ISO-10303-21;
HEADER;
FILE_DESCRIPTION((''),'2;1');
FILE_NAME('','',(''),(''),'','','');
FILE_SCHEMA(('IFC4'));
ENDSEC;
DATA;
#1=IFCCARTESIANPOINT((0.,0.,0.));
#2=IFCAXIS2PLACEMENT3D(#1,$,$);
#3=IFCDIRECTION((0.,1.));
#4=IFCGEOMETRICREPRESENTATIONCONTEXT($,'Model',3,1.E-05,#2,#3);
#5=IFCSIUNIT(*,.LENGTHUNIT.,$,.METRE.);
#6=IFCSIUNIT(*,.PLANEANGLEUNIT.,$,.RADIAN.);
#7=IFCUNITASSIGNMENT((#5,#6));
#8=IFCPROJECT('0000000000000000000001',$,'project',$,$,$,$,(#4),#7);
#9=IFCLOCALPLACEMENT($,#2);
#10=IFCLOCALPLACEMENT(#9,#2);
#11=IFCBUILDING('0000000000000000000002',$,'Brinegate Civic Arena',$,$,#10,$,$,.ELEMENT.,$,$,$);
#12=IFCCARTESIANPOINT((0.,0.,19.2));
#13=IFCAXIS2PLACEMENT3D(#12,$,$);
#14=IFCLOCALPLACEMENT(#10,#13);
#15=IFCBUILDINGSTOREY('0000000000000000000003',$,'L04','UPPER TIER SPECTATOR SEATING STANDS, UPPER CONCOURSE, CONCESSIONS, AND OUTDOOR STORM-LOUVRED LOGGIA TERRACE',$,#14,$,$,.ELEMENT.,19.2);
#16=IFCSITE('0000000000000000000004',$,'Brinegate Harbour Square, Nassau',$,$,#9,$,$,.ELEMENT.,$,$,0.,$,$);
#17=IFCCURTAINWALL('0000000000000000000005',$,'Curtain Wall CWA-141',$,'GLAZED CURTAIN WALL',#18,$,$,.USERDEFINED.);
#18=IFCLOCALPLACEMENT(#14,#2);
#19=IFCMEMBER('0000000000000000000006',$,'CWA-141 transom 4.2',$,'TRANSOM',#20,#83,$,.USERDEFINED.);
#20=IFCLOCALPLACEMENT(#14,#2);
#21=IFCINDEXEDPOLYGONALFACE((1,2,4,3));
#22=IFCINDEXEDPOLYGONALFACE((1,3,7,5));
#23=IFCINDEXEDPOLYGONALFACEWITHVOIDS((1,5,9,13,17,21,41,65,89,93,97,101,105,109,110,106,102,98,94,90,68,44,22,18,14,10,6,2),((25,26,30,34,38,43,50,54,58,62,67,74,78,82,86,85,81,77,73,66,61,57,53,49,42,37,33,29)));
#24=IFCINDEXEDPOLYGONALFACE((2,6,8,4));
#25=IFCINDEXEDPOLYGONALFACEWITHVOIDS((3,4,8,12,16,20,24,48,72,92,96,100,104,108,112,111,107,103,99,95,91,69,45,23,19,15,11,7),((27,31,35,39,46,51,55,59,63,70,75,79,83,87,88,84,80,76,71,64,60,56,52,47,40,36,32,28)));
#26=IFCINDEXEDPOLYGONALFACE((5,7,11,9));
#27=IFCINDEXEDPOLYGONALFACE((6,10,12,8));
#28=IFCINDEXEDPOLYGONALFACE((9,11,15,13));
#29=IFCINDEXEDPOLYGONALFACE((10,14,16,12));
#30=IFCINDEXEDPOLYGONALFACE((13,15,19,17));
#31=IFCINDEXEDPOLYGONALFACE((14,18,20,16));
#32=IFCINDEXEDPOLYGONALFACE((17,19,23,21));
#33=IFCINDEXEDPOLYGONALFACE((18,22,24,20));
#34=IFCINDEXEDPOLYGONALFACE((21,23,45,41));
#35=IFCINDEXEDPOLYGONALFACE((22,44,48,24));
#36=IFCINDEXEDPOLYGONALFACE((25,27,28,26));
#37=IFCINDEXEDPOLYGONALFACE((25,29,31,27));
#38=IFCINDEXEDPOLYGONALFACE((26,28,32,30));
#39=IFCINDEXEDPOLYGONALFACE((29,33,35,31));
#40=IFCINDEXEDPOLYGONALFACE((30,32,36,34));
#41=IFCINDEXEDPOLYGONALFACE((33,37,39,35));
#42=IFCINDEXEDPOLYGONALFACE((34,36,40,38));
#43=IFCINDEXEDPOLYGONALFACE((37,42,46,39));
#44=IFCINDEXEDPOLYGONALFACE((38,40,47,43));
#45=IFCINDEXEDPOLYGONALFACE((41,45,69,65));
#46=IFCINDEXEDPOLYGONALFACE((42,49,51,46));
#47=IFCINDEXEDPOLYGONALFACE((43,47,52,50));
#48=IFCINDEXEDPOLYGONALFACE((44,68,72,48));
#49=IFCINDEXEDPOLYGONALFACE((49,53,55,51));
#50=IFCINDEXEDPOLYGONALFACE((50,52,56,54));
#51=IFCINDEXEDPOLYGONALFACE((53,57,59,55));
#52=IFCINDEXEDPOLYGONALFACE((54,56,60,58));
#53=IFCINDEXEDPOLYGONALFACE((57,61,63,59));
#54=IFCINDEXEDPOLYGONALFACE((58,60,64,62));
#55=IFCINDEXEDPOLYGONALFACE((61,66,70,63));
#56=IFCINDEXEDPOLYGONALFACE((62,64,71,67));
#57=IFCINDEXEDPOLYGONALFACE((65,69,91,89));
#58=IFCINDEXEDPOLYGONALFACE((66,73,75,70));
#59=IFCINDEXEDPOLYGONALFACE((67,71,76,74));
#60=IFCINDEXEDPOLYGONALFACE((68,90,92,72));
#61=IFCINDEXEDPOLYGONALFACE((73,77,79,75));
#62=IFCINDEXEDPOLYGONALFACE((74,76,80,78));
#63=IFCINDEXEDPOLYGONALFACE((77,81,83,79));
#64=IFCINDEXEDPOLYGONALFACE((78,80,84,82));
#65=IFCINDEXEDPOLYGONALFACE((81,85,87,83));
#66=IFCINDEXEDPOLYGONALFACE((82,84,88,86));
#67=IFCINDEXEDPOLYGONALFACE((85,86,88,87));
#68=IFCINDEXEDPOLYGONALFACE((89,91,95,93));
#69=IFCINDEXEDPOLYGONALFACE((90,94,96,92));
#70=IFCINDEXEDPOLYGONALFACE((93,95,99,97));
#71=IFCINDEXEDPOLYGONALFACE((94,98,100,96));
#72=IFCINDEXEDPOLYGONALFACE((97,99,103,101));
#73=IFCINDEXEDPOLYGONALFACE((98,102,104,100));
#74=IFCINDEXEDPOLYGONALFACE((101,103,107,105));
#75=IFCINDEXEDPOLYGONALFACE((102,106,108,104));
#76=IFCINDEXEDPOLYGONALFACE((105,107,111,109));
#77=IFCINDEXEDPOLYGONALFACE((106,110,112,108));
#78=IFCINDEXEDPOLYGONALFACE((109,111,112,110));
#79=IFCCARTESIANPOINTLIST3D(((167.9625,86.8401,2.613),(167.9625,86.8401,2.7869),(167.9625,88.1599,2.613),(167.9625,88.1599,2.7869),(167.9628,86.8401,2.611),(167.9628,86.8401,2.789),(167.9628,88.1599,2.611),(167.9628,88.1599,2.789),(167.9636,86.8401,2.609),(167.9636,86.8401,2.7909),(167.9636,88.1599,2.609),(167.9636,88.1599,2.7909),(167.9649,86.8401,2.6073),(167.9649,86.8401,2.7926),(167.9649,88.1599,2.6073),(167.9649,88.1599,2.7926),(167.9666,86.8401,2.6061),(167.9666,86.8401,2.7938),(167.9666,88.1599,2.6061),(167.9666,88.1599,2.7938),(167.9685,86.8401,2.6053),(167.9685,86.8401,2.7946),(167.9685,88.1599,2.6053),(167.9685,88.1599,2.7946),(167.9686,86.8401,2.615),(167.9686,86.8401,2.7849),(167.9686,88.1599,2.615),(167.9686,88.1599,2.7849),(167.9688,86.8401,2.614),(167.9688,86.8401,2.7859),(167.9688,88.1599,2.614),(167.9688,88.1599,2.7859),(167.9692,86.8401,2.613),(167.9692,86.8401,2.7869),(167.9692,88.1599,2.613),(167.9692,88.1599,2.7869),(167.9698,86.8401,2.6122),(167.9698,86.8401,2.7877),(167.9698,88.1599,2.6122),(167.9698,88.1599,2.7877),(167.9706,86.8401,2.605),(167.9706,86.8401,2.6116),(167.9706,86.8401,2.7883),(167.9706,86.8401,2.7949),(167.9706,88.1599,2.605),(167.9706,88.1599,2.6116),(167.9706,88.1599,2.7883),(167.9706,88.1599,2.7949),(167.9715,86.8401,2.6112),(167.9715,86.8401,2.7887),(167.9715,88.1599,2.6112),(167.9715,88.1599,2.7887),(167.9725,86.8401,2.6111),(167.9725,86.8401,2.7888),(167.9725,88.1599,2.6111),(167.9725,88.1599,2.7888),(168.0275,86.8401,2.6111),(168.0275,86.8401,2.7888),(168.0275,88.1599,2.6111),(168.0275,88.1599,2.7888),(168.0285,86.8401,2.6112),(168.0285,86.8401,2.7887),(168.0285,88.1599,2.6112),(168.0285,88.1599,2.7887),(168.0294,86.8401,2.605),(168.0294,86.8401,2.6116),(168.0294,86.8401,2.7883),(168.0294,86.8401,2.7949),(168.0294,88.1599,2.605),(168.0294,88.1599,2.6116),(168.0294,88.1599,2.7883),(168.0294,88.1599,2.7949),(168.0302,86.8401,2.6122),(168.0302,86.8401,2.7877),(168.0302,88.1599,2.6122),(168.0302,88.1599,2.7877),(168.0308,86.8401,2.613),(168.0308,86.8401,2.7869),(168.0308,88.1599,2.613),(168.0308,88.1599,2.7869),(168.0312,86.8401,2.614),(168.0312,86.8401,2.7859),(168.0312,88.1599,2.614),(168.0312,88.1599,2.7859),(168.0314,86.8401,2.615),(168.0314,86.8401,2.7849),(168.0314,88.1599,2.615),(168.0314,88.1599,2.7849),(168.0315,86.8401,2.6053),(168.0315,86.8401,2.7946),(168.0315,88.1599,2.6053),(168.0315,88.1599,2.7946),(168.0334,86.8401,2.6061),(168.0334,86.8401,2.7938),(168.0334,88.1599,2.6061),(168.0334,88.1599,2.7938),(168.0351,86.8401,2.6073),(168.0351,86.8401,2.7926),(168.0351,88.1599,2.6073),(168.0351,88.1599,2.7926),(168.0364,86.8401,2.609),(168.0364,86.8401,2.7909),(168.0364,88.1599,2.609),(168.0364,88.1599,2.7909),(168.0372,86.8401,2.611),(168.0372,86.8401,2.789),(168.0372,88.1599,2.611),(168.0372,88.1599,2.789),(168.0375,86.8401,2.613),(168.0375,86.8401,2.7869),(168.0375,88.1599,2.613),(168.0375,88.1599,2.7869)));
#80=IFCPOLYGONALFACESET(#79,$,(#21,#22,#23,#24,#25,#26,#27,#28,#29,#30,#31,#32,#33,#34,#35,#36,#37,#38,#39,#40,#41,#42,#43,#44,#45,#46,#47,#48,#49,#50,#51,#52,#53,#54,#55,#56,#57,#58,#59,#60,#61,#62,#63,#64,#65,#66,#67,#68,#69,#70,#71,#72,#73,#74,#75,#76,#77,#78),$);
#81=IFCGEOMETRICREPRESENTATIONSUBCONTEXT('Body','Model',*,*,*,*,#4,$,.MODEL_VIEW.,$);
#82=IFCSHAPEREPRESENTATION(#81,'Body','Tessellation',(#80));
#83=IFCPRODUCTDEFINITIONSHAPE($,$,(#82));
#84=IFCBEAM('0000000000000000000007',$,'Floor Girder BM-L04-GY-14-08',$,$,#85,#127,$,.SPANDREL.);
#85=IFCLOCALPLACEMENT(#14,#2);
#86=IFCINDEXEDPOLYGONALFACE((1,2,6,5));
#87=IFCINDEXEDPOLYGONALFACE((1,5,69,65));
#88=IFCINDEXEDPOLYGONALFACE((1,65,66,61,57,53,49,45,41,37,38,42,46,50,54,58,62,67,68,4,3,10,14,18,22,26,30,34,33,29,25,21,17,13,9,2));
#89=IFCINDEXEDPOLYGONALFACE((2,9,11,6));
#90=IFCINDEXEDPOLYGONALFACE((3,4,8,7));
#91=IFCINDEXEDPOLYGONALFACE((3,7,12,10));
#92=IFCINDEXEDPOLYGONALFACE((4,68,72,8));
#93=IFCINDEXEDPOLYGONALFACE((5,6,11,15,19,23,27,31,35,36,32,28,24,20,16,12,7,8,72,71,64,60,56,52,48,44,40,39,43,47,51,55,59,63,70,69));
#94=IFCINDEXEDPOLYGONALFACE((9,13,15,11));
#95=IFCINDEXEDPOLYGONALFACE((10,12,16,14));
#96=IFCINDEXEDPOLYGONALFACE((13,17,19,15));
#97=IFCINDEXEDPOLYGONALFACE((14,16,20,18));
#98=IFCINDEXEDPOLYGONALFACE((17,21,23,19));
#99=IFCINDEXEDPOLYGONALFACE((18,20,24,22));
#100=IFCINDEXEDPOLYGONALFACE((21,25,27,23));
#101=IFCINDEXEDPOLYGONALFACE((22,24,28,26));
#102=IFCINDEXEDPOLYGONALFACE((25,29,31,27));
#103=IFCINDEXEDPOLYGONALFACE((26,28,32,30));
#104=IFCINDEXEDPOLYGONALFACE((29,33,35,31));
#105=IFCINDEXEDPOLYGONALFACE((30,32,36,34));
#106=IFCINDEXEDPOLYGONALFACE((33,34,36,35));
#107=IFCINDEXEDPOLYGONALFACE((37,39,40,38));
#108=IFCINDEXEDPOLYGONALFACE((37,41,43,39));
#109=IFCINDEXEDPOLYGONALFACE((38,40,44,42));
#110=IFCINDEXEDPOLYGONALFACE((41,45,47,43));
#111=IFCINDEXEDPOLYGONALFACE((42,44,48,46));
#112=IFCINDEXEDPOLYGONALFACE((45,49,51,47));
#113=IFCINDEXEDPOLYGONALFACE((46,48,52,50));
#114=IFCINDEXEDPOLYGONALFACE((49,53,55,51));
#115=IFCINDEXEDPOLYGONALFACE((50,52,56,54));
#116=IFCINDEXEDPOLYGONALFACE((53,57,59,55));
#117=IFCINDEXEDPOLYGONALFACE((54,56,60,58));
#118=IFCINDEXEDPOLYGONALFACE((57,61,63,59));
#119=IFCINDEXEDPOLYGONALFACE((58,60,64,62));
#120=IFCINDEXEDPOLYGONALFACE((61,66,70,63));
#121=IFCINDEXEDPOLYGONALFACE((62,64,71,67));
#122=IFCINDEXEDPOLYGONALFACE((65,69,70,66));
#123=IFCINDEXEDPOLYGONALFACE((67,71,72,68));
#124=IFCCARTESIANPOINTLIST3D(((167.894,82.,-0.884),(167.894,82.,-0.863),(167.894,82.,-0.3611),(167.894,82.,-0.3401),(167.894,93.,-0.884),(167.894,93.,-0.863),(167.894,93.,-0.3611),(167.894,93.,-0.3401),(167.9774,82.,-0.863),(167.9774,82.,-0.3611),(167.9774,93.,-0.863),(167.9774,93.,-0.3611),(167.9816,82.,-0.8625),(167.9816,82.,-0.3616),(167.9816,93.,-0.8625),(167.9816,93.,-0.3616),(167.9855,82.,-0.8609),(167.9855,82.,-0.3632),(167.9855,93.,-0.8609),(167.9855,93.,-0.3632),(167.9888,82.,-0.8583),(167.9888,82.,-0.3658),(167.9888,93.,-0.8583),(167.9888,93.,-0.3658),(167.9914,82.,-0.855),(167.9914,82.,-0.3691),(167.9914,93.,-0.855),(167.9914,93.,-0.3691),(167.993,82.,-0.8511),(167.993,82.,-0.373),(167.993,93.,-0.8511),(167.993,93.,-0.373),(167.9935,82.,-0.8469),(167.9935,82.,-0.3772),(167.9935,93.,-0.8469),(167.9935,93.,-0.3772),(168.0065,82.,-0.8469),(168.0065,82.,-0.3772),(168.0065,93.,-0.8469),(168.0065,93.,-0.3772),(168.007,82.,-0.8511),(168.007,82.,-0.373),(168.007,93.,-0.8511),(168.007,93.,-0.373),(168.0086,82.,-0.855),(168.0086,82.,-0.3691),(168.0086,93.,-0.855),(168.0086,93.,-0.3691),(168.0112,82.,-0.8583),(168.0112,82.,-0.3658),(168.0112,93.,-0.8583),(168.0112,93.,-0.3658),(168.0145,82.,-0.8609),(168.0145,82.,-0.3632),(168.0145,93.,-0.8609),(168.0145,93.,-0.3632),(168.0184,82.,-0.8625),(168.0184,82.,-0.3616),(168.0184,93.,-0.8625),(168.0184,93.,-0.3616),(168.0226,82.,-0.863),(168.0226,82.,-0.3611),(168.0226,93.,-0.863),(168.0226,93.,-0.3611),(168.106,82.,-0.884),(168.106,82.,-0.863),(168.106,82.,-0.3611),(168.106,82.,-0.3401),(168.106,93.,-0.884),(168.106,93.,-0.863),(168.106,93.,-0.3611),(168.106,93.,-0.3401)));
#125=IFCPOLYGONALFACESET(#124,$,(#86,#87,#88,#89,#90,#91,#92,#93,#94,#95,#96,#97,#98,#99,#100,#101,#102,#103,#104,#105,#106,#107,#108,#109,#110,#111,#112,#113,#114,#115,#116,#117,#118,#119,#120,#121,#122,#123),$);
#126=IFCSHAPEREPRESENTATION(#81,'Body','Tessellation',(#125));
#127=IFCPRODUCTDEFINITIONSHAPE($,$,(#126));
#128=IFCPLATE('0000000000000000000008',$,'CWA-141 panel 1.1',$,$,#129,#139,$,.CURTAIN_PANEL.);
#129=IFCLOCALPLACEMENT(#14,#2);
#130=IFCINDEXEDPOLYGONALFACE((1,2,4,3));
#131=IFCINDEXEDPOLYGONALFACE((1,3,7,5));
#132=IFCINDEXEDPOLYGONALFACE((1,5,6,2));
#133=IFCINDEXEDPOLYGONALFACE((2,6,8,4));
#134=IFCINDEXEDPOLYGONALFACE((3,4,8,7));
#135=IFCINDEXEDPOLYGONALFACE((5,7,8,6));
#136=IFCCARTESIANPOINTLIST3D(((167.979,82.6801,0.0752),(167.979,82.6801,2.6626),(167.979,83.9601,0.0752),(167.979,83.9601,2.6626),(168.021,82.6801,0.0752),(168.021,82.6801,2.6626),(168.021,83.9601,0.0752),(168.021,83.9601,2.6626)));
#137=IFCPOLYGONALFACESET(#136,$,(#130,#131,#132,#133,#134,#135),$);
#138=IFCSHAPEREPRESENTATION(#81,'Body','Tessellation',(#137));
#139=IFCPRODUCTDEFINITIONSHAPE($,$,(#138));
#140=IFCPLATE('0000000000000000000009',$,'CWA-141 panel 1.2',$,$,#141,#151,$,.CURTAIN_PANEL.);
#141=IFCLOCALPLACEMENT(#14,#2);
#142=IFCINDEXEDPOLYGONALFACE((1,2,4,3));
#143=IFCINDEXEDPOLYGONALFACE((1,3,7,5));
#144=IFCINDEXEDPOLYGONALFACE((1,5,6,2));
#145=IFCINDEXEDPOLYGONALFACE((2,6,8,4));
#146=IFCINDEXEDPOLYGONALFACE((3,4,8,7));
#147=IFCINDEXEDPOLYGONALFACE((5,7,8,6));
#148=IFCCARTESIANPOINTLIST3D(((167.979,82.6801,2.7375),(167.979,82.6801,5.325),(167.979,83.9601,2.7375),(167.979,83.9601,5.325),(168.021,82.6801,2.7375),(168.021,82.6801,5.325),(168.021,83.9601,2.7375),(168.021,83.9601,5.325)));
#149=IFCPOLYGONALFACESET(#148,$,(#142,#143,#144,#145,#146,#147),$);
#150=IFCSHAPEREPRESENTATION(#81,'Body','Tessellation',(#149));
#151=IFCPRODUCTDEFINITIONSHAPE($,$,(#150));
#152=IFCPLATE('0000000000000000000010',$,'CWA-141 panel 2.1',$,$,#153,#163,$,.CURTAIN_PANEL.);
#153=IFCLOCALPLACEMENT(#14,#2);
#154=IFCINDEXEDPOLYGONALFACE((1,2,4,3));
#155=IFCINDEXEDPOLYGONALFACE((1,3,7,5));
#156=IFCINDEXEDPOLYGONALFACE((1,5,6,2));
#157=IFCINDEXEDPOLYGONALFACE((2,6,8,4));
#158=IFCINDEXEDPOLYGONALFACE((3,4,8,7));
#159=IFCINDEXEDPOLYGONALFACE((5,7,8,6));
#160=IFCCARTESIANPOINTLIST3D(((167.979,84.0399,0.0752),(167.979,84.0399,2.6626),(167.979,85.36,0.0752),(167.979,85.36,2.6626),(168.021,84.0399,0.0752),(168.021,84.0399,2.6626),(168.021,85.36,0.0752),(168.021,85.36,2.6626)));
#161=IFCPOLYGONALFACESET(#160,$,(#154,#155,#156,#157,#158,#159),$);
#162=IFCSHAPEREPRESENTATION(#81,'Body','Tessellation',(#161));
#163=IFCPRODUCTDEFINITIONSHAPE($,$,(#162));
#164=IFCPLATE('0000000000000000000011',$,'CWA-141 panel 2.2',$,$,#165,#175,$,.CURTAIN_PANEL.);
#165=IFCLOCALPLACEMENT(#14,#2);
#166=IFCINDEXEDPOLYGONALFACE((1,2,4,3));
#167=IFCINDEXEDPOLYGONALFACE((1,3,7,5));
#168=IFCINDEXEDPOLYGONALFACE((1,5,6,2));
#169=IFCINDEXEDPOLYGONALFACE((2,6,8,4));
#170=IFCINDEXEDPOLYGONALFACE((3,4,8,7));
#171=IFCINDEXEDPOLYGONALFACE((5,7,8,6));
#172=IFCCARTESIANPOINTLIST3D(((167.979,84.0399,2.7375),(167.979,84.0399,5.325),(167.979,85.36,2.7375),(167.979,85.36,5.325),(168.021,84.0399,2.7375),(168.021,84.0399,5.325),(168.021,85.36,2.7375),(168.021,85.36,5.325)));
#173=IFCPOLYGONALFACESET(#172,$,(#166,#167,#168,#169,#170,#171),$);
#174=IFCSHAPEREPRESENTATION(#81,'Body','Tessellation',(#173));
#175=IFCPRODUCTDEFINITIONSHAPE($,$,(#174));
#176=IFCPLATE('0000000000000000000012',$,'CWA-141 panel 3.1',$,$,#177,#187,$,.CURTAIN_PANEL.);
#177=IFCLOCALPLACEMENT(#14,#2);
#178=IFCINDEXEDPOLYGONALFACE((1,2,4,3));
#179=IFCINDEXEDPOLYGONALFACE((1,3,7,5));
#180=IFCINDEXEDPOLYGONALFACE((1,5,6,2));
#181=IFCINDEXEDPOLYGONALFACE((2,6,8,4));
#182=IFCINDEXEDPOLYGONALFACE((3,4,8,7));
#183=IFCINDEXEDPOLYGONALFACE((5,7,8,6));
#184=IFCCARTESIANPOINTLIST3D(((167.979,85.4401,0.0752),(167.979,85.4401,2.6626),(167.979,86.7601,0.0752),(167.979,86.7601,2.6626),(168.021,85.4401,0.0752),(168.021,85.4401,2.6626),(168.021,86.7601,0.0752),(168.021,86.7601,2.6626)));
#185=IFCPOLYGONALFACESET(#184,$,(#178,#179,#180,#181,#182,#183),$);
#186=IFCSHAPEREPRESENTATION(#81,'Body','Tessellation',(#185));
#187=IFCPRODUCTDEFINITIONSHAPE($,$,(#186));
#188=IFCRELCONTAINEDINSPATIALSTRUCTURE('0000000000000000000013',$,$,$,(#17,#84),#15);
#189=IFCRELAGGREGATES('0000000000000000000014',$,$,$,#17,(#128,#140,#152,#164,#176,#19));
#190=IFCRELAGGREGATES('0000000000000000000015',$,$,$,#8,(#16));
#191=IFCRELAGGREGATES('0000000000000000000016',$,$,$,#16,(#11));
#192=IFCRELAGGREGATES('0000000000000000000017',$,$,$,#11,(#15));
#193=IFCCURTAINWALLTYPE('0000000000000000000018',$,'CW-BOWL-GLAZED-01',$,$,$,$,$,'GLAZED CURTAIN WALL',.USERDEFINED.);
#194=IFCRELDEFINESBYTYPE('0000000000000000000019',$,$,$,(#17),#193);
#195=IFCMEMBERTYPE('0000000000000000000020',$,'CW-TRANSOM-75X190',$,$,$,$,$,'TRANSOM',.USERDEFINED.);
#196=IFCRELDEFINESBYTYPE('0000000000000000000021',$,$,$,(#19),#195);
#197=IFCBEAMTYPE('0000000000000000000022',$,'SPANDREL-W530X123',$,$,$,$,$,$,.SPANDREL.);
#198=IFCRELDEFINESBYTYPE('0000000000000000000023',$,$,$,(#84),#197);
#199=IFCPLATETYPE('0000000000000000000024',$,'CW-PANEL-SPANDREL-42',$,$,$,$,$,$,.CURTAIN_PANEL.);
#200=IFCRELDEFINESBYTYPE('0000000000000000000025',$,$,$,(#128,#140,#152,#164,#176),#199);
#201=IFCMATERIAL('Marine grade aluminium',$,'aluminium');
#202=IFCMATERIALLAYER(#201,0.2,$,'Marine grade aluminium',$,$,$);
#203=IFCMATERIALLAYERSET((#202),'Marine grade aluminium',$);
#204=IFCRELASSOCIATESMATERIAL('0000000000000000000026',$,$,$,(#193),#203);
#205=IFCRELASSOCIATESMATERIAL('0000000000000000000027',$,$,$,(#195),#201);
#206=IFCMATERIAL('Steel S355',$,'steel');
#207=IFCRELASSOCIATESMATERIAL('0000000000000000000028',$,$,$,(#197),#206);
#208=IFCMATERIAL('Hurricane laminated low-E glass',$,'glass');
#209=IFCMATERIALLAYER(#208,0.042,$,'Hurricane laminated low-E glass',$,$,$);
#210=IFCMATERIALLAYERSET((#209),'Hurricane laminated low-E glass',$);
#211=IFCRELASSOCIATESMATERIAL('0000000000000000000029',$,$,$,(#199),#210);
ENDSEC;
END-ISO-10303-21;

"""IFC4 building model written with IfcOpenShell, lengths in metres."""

from ifc_helpers import new_model, si_unit, direction, frame, origin, origin_2d, place, context, subcontext, project, spatial, rectangle, hollow_rectangle, i_section, extrude, material, layer, layer_set, material_profile, profile_set, type_object, element, aggregate, save


model = new_model("IFC4")

# Units and contexts
model_context = context("Model", 3, precision=1e-05, world=origin(), true_north=direction((0.0, 1.0)))
body_context = subcontext(model_context, "Body", "Model", "MODEL_VIEW")
ifc_project = project(units=[si_unit("LENGTHUNIT", "METRE"), si_unit("PLANEANGLEUNIT", "RADIAN")], contexts=[model_context])

# Site, building, storey
site_placement = place(None, origin())
site = spatial("IfcSite", under=ifc_project, at=site_placement, Name="Brinegate Harbour Square, Nassau", CompositionType="ELEMENT", RefElevation=0.0)
building_placement = place(site_placement, origin())
building = spatial("IfcBuilding", under=site, at=building_placement, Name="Brinegate Civic Arena", CompositionType="ELEMENT")
storey_placement = place(building_placement, frame((0.0, 0.0, 19.2)))
storey = spatial("IfcBuildingStorey", under=building, at=storey_placement, Name="L04", Description="UPPER TIER SPECTATOR SEATING STANDS, UPPER CONCOURSE, CONCESSIONS, AND OUTDOOR STORM-LOUVRED LOGGIA TERRACE", CompositionType="ELEMENT", Elevation=19.2)

# Curtain wall, member
ifc_material_1 = material(Name="Marine grade aluminium", Category="aluminium")
ifc_layer_1 = layer(ifc_material_1, 0.2, Name="Marine grade aluminium")
ifc_layer_set_1 = layer_set([ifc_layer_1], Name="Marine grade aluminium")
curtain_wall_type = type_object("IfcCurtainWallType", Name="CW-BOWL-GLAZED-01", ElementType="GLAZED CURTAIN WALL", PredefinedType="USERDEFINED", material=ifc_layer_set_1)
curtain_wall_placement = place(storey_placement, origin())
curtain_wall = element("IfcCurtainWall", 1, at=curtain_wall_placement, inside=storey, type_object=curtain_wall_type, Name="Curtain Wall CWA-141", ObjectType="GLAZED CURTAIN WALL", PredefinedType="USERDEFINED")
ifc_material_profile_1 = material_profile(ifc_material_1, hollow_rectangle(XDim=0.075, YDim=0.1899, WallThickness=0.0061, InnerFilletRadius=0.0039, OuterFilletRadius=0.0081, at=origin_2d()), Name="TRN75X190")
ifc_profile_set_1 = profile_set([ifc_material_profile_1], Name="Marine grade aluminium")
member_type_1 = type_object("IfcMemberType", Name="CW-TRANSOM-75X190", ElementType="TRANSOM", PredefinedType="USERDEFINED", material=ifc_profile_set_1)
member_1_placement = place(storey_placement, frame((168.0, 86.8401, 2.7), z_axis=(0.0, 1.0, 0.0), x_axis=(-1.0, 0.0, 0.0)))
member_1 = element("IfcMember", 2, at=member_1_placement, type_object=member_type_1, Name="CWA-141 transom 4.2", ObjectType="TRANSOM", PredefinedType="USERDEFINED", context=body_context, shape_type="SweptSolid", body=[
    extrude(hollow_rectangle(XDim=0.075, YDim=0.1899, WallThickness=0.0061, InnerFilletRadius=0.0039, OuterFilletRadius=0.0081, at=origin_2d()), origin(), (0.0, 0.0, 1.0), 1.3198),
])

# Beam
ifc_material_2 = material(Name="Steel S355", Category="steel")
ifc_material_profile_2 = material_profile(ifc_material_2, i_section(OverallWidth=0.2119, OverallDepth=0.5439, WebThickness=0.0129, FlangeThickness=0.021, FilletRadius=0.0161, at=origin_2d()), Name="W530X123")
ifc_profile_set_2 = profile_set([ifc_material_profile_2], Name="Steel S355")
beam_type = type_object("IfcBeamType", Name="SPANDREL-W530X123", PredefinedType="SPANDREL", material=ifc_profile_set_2)
beam_placement = place(storey_placement, frame((168.0, 82.0, -0.6121), z_axis=(0.0, 1.0, 0.0), x_axis=(-1.0, 0.0, 0.0)))
element("IfcBeam", 3, at=beam_placement, inside=storey, type_object=beam_type, Name="Floor Girder BM-L04-GY-14-08", PredefinedType="SPANDREL", context=body_context, shape_type="SweptSolid", body=[
    extrude(i_section(OverallWidth=0.2119, OverallDepth=0.5439, WebThickness=0.0129, FlangeThickness=0.021, FilletRadius=0.0161, at=origin_2d()), origin(), (0.0, 0.0, 1.0), 11.0),
])

# Plates
ifc_material_3 = material(Name="Hurricane laminated low-E glass", Category="glass")
ifc_layer_2 = layer(ifc_material_3, 0.042, Name="Hurricane laminated low-E glass")
ifc_layer_set_2 = layer_set([ifc_layer_2], Name="Hurricane laminated low-E glass")
plate_type = type_object("IfcPlateType", Name="CW-PANEL-SPANDREL-42", PredefinedType="CURTAIN_PANEL", material=ifc_layer_set_2)
plate_1_placement = place(storey_placement, frame((168.0, 83.3201, 0.0752), z_axis=(0.0, 0.0, 1.0), x_axis=(0.0, 1.0, 0.0)))
plate_1 = element("IfcPlate", 4, at=plate_1_placement, type_object=plate_type, Name="CWA-141 panel 1.1", PredefinedType="CURTAIN_PANEL", context=body_context, shape_type="SweptSolid", body=[
    extrude(rectangle(XDim=1.28, YDim=0.042, at=origin_2d()), origin(), (0.0, 0.0, 1.0), 2.5874),
])
plate_2_placement = place(storey_placement, frame((168.0, 83.3201, 2.7375), z_axis=(0.0, 0.0, 1.0), x_axis=(0.0, 1.0, 0.0)))
plate_2 = element("IfcPlate", 5, at=plate_2_placement, type_object=plate_type, Name="CWA-141 panel 1.2", PredefinedType="CURTAIN_PANEL", context=body_context, shape_type="SweptSolid", body=[
    extrude(rectangle(XDim=1.28, YDim=0.042, at=origin_2d()), origin(), (0.0, 0.0, 1.0), 2.5874),
])
plate_3_placement = place(storey_placement, frame((168.0, 84.7, 0.0752), z_axis=(0.0, 0.0, 1.0), x_axis=(0.0, 1.0, 0.0)))
plate_3 = element("IfcPlate", 6, at=plate_3_placement, type_object=plate_type, Name="CWA-141 panel 2.1", PredefinedType="CURTAIN_PANEL", context=body_context, shape_type="SweptSolid", body=[
    extrude(rectangle(XDim=1.3201, YDim=0.042, at=origin_2d()), origin(), (0.0, 0.0, 1.0), 2.5874),
])
plate_4_placement = place(storey_placement, frame((168.0, 84.7, 2.7375), z_axis=(0.0, 0.0, 1.0), x_axis=(0.0, 1.0, 0.0)))
plate_4 = element("IfcPlate", 7, at=plate_4_placement, type_object=plate_type, Name="CWA-141 panel 2.2", PredefinedType="CURTAIN_PANEL", context=body_context, shape_type="SweptSolid", body=[
    extrude(rectangle(XDim=1.3201, YDim=0.042, at=origin_2d()), origin(), (0.0, 0.0, 1.0), 2.5874),
])
plate_5_placement = place(storey_placement, frame((168.0, 86.1001, 0.0752), z_axis=(0.0, 0.0, 1.0), x_axis=(0.0, 1.0, 0.0)))
plate_5 = element("IfcPlate", 8, at=plate_5_placement, type_object=plate_type, Name="CWA-141 panel 3.1", PredefinedType="CURTAIN_PANEL", context=body_context, shape_type="SweptSolid", body=[
    extrude(rectangle(XDim=1.3201, YDim=0.042, at=origin_2d()), origin(), (0.0, 0.0, 1.0), 2.5874),
])
aggregate(curtain_wall, [plate_1, plate_2, plate_3, plate_4, plate_5, member_1])

save(model, "model.ifc")
